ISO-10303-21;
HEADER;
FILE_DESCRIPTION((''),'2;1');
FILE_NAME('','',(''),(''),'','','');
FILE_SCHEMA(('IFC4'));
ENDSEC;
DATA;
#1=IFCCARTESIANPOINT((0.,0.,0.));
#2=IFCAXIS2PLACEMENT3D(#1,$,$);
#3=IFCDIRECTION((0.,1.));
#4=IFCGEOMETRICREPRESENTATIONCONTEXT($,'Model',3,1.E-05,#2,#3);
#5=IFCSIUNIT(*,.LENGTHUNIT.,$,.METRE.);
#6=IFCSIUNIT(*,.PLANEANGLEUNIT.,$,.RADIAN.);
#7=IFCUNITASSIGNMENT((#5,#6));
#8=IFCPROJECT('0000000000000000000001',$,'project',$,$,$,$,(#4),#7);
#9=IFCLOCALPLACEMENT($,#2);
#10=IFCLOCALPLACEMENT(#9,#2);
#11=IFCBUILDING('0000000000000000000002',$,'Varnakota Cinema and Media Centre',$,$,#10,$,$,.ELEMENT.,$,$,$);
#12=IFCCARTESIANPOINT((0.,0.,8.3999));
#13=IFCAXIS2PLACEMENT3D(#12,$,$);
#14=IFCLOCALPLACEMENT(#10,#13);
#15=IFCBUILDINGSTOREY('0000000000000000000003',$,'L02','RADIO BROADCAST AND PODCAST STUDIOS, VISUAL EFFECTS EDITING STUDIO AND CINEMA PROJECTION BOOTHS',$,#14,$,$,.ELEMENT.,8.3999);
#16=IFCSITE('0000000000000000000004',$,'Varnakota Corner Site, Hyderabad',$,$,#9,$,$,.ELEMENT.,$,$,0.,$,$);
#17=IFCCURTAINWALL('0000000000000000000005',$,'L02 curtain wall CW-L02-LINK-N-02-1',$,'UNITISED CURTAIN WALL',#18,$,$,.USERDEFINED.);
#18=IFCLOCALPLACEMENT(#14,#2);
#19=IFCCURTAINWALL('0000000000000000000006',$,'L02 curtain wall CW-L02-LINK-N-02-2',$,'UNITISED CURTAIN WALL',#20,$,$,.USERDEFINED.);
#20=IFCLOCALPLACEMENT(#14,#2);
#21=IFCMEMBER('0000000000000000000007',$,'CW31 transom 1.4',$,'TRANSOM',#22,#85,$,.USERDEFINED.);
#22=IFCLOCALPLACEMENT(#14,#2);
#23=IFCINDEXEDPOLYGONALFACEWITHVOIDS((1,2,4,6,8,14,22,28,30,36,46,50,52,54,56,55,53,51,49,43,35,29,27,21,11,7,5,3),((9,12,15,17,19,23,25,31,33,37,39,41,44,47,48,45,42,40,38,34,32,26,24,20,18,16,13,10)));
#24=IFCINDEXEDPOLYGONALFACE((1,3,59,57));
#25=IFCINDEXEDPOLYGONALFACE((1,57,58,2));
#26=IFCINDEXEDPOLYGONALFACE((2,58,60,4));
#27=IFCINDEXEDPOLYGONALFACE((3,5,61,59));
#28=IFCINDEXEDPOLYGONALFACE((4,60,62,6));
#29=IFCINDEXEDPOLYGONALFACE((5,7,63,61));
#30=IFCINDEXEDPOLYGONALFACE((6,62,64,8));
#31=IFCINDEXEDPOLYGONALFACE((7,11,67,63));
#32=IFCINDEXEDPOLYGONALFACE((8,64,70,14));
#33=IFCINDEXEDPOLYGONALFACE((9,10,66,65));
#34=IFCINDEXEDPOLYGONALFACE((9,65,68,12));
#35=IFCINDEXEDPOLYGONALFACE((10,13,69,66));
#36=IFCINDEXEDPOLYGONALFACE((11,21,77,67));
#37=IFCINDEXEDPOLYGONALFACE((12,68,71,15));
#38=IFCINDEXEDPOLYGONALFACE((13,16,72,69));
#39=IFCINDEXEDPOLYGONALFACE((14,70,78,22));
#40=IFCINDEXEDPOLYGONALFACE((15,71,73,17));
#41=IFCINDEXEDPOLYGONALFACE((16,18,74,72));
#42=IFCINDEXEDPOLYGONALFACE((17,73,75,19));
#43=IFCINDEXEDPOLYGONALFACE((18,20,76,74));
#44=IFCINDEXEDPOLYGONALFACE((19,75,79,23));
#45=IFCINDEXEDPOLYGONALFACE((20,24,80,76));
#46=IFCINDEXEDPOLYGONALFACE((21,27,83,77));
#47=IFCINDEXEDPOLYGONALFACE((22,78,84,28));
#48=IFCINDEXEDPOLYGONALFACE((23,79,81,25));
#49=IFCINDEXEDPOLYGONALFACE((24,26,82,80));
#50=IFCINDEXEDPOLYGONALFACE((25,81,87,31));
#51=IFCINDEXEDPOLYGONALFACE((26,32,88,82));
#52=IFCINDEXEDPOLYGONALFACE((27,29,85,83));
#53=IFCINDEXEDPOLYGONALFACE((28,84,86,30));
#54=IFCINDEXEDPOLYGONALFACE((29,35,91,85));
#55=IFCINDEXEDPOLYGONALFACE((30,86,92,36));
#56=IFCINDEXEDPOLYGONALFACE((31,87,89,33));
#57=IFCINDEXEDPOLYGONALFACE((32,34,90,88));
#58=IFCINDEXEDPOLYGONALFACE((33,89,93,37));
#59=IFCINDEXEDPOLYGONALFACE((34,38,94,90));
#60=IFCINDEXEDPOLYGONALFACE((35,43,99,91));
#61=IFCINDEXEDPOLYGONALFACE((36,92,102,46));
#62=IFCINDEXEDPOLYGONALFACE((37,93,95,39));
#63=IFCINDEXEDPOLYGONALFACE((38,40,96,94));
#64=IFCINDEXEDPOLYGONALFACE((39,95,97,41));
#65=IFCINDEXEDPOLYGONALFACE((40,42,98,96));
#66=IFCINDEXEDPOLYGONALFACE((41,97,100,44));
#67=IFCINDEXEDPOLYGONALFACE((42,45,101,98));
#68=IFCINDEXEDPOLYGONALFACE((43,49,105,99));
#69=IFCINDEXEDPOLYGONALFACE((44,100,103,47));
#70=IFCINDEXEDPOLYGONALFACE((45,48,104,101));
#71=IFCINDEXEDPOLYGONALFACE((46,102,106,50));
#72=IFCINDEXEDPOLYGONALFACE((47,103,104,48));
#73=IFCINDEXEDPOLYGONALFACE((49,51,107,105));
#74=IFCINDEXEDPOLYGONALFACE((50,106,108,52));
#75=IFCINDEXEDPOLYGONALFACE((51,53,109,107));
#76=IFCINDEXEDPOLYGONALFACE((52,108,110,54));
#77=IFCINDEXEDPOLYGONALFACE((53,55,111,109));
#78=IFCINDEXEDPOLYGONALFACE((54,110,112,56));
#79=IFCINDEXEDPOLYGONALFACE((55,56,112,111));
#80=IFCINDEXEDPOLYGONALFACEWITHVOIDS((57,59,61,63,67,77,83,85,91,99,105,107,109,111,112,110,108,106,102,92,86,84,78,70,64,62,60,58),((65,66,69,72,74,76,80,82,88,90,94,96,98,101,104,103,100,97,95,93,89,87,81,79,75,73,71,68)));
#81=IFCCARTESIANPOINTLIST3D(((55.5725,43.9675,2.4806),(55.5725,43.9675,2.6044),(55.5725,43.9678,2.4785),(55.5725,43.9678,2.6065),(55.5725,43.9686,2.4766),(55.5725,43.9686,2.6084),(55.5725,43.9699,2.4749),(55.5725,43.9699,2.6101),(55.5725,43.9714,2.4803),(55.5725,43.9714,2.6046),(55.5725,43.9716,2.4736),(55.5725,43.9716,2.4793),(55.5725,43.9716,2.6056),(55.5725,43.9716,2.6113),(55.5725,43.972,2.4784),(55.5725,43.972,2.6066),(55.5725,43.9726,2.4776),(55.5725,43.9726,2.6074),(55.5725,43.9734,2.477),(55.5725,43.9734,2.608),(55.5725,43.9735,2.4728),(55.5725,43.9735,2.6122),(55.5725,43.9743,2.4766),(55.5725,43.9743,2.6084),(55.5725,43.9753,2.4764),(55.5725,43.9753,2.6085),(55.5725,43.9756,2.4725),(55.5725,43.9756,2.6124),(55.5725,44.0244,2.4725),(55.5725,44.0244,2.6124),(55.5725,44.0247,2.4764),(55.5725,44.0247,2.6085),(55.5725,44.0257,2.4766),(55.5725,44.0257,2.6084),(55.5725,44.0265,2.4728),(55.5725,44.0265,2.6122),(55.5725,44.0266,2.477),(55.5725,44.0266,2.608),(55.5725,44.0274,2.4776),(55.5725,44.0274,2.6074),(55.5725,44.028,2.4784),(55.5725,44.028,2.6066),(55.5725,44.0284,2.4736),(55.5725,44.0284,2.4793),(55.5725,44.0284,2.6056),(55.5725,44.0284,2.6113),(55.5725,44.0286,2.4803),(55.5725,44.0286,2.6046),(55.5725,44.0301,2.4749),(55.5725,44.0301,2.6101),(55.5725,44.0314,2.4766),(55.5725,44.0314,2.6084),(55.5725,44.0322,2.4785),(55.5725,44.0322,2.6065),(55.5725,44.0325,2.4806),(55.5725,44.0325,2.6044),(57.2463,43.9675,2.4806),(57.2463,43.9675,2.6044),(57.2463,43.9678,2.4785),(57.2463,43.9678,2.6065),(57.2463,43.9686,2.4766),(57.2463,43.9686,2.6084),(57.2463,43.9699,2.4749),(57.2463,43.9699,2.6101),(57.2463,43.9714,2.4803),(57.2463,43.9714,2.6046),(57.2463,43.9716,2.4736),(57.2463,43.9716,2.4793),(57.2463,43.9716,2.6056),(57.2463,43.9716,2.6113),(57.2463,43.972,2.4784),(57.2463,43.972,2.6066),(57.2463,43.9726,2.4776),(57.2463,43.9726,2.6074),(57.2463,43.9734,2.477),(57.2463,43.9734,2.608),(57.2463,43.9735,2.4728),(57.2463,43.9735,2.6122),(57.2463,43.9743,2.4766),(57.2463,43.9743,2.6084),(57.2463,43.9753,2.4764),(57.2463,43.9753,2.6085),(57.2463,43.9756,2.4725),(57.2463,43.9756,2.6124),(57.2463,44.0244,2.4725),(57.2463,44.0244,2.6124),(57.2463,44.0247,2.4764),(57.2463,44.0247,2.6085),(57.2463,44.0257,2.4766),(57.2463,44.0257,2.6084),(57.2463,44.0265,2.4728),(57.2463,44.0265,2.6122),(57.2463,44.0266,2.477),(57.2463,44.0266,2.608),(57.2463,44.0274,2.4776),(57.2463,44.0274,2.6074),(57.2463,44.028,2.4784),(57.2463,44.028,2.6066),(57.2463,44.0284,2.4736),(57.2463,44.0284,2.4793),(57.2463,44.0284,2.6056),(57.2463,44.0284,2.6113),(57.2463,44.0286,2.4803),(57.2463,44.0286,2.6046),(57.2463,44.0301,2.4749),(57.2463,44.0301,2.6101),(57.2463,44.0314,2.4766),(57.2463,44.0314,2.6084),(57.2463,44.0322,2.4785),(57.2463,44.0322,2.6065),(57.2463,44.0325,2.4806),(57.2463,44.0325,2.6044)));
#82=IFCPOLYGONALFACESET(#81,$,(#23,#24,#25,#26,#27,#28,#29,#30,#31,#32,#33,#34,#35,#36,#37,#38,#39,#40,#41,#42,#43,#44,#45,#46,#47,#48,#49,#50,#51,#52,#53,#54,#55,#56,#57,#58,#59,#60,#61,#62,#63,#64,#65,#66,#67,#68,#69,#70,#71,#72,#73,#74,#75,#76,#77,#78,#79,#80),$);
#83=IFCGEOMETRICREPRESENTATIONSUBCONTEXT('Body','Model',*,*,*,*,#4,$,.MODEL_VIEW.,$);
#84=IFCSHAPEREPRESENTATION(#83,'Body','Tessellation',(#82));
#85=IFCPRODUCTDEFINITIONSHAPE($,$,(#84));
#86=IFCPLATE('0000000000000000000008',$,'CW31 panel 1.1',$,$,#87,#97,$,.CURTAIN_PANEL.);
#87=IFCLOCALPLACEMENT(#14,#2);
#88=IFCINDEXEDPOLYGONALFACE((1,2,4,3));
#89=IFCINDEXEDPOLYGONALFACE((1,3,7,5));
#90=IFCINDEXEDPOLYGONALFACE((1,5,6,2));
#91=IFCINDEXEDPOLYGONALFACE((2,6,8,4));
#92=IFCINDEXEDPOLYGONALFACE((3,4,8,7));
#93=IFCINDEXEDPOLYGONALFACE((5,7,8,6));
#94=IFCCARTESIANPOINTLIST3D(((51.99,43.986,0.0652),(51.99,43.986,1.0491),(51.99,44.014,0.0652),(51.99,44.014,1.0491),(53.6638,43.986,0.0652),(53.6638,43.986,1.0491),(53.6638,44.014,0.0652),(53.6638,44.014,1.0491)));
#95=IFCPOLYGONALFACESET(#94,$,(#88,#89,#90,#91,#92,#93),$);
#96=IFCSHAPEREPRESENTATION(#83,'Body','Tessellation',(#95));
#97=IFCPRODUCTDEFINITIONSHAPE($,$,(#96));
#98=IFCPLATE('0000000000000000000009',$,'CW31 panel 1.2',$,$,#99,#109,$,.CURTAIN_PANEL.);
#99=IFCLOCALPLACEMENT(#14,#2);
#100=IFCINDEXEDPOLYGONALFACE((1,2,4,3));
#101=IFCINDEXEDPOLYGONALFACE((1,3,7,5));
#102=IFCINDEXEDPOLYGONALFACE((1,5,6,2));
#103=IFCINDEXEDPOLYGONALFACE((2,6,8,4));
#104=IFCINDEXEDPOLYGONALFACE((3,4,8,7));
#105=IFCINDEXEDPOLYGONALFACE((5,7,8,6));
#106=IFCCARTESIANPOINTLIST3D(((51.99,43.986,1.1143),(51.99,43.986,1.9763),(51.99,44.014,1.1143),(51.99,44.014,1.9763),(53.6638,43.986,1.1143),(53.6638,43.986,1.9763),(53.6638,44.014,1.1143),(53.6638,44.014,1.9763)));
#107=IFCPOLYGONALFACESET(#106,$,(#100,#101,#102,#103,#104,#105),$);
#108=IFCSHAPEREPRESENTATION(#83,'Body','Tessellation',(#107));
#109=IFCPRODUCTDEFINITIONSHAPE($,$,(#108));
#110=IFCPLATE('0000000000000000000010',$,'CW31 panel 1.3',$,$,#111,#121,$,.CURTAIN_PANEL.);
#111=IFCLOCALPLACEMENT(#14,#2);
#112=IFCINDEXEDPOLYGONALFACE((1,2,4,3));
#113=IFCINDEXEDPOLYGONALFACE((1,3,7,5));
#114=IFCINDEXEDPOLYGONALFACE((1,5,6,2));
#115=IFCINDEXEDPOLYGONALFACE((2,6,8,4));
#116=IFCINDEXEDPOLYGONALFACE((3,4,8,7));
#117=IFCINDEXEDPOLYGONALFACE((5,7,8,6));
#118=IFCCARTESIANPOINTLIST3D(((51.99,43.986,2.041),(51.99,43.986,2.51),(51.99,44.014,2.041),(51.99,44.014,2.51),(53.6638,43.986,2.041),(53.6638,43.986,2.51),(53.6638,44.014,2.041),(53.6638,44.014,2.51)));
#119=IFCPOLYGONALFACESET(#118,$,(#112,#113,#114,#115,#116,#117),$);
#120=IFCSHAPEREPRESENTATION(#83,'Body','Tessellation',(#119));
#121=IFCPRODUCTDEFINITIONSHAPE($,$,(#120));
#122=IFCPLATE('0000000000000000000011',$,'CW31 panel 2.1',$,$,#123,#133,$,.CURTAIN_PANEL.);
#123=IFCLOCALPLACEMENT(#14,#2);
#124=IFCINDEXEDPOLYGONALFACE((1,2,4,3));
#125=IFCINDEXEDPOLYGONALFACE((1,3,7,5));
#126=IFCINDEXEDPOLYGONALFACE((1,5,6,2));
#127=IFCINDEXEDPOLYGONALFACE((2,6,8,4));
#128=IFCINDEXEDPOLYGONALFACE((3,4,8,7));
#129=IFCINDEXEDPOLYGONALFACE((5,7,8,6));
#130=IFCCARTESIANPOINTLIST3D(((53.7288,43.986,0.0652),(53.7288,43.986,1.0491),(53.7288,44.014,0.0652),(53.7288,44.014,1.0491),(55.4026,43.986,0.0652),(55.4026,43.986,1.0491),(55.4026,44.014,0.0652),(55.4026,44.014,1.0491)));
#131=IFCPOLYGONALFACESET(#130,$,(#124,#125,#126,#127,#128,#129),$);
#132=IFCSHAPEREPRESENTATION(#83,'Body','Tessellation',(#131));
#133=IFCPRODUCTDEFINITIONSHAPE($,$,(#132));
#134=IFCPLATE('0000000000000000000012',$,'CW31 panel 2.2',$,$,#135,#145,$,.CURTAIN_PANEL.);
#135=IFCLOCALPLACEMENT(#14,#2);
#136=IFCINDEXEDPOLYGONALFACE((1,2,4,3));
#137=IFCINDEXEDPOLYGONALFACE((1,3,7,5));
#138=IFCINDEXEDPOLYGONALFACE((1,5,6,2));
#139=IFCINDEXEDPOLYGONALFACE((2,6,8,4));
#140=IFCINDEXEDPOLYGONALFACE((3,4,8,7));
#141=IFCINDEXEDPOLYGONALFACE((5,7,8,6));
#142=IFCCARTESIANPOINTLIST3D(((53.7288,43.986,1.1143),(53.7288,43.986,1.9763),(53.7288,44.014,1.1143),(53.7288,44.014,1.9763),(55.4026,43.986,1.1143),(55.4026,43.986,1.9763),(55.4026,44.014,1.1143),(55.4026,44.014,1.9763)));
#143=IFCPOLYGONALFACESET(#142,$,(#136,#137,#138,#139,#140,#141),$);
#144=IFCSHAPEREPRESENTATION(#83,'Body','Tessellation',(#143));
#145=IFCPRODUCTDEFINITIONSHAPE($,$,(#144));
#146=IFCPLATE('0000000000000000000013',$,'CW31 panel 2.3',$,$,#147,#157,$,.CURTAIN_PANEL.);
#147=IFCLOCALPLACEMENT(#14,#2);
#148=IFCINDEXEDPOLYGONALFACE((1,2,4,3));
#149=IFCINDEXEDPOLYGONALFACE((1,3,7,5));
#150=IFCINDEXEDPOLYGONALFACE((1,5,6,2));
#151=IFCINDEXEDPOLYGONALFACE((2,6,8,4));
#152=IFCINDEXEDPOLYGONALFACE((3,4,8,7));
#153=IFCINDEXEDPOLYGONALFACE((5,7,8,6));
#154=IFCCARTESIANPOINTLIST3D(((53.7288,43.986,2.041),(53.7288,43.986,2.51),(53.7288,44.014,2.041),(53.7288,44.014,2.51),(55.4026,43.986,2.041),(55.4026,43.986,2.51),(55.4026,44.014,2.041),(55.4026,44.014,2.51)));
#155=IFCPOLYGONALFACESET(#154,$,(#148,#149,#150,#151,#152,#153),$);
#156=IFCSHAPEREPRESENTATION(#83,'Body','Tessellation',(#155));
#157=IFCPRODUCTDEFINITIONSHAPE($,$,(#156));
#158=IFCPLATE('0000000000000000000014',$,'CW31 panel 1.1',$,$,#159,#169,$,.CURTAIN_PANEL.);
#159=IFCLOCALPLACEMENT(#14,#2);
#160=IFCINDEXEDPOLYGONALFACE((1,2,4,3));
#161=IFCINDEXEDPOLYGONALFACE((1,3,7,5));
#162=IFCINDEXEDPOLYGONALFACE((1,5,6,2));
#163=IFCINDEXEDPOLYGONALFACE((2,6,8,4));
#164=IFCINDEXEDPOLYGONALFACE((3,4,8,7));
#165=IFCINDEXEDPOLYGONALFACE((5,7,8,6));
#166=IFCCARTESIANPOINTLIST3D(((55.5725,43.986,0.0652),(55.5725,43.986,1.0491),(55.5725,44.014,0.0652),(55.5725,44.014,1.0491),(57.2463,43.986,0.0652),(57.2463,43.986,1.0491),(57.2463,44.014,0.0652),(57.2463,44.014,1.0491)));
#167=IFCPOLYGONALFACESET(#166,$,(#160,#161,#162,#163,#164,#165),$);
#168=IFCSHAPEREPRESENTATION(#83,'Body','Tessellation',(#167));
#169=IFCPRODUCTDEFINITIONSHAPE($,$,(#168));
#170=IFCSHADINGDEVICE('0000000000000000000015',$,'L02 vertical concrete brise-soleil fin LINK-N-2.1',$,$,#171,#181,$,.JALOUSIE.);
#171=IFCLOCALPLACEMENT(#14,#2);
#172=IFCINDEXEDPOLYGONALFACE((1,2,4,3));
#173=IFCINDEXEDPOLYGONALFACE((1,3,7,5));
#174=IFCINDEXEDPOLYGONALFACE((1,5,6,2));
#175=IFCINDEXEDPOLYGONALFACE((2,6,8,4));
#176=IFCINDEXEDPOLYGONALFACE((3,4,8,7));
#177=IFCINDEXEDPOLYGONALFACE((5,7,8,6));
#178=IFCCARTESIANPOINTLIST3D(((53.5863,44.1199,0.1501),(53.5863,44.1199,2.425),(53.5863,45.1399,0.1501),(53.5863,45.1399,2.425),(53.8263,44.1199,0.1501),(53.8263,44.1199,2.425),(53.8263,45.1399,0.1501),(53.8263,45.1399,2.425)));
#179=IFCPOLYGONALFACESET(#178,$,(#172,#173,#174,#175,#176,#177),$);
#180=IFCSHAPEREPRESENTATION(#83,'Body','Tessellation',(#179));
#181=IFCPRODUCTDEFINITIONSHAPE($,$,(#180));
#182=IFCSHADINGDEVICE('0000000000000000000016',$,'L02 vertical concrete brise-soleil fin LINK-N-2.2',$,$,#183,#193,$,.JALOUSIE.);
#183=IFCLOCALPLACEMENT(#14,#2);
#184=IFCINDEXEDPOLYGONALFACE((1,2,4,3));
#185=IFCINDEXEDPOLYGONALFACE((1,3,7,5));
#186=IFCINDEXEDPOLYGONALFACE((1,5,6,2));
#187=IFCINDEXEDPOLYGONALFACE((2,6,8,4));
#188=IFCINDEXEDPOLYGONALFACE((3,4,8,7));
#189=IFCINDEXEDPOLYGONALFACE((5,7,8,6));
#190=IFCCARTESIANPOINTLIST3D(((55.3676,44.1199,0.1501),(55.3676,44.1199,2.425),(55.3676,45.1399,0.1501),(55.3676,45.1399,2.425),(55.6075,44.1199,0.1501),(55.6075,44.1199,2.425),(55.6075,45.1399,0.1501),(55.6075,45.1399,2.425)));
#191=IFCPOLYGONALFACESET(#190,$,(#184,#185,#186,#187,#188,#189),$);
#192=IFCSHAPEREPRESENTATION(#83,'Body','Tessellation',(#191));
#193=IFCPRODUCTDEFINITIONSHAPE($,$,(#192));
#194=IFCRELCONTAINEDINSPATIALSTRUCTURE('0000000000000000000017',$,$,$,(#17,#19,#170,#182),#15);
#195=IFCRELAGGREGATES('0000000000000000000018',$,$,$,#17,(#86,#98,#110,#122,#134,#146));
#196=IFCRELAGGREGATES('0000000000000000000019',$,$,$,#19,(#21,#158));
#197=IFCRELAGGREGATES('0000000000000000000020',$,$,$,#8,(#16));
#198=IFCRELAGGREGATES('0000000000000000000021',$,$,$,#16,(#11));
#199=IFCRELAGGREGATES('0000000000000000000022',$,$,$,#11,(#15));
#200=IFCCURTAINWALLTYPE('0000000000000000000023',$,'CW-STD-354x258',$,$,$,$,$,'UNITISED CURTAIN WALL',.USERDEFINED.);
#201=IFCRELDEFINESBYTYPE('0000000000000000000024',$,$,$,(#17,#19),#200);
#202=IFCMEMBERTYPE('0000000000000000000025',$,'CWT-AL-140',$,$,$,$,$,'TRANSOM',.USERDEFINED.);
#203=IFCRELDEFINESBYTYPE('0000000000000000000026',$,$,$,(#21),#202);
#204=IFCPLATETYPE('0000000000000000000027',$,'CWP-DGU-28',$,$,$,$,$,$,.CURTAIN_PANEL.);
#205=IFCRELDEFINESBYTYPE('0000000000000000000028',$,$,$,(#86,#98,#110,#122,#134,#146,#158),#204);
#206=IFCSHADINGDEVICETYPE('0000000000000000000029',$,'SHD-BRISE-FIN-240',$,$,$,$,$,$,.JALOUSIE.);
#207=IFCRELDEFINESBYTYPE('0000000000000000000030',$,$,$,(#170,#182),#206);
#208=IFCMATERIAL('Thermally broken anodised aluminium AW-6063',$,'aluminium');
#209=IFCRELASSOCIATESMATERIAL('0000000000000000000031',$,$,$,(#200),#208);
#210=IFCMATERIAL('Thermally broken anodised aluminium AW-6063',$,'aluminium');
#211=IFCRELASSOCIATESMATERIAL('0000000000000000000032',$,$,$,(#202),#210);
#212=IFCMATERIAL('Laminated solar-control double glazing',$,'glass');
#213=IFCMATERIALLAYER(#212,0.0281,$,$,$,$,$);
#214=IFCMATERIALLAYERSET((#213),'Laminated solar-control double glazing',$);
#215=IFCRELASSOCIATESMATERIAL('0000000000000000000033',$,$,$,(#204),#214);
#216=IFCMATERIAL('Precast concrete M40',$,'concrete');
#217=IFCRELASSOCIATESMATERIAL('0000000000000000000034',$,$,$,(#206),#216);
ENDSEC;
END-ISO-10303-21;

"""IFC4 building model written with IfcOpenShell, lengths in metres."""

from ifc_helpers import new_model, si_unit, direction, frame, origin, origin_2d, place, context, subcontext, project, spatial, rectangle, hollow_rectangle, extrude, material, layer, layer_set, material_profile, profile_set, type_object, element, aggregate, save


model = new_model("IFC4")

# Units and contexts
model_context = context("Model", 3, precision=1e-05, world=origin(), true_north=direction((0.0, 1.0)))
body_context = subcontext(model_context, "Body", "Model", "MODEL_VIEW")
ifc_project = project(units=[si_unit("LENGTHUNIT", "METRE"), si_unit("PLANEANGLEUNIT", "RADIAN")], contexts=[model_context])

# Site, building, storey
site_placement = place(None, origin())
site = spatial("IfcSite", under=ifc_project, at=site_placement, Name="Varnakota Corner Site, Hyderabad", CompositionType="ELEMENT", RefElevation=0.0)
building_placement = place(site_placement, origin())
building = spatial("IfcBuilding", under=site, at=building_placement, Name="Varnakota Cinema and Media Centre", CompositionType="ELEMENT")
storey_placement = place(building_placement, frame((0.0, 0.0, 8.3999)))
storey = spatial("IfcBuildingStorey", under=building, at=storey_placement, Name="L02", Description="RADIO BROADCAST AND PODCAST STUDIOS, VISUAL EFFECTS EDITING STUDIO AND CINEMA PROJECTION BOOTHS", CompositionType="ELEMENT", Elevation=8.3999)

# Curtain wall
ifc_material_1 = material(Name="Thermally broken anodised aluminium AW-6063", Category="aluminium")
curtain_wall_type = type_object("IfcCurtainWallType", Name="CW-STD-354x258", ElementType="UNITISED CURTAIN WALL", PredefinedType="USERDEFINED", material=ifc_material_1)
curtain_wall_1_placement = place(storey_placement, origin())
curtain_wall_1 = element("IfcCurtainWall", 1, at=curtain_wall_1_placement, inside=storey, type_object=curtain_wall_type, Name="L02 curtain wall CW-L02-LINK-N-02-1", ObjectType="UNITISED CURTAIN WALL", PredefinedType="USERDEFINED")

# Curtain wall
curtain_wall_2_placement = place(storey_placement, origin())
curtain_wall_2 = element("IfcCurtainWall", 2, at=curtain_wall_2_placement, inside=storey, type_object=curtain_wall_type, Name="L02 curtain wall CW-L02-LINK-N-02-2", ObjectType="UNITISED CURTAIN WALL", PredefinedType="USERDEFINED")

# Member
ifc_material_2 = material(Name="Thermally broken anodised aluminium AW-6063", Category="aluminium")
ifc_material_profile_1 = material_profile(ifc_material_2, hollow_rectangle(XDim=0.0649, YDim=0.1399, WallThickness=0.0039, InnerFilletRadius=0.0039, OuterFilletRadius=0.0081, at=origin_2d()), Name="AL-TRANSOM 140x65x4")
ifc_profile_set_1 = profile_set([ifc_material_profile_1], Name="Thermally broken anodised aluminium AW-6063")
member_type_1 = type_object("IfcMemberType", Name="CWT-AL-140", ElementType="TRANSOM", PredefinedType="USERDEFINED", material=ifc_profile_set_1)
member_1_placement = place(storey_placement, frame((55.5725, 44.0, 2.5425), z_axis=(1.0, 0.0, 0.0), x_axis=(0.0, 1.0, 0.0)))
member_1 = element("IfcMember", 3, at=member_1_placement, type_object=member_type_1, Name="CW31 transom 1.4", ObjectType="TRANSOM", PredefinedType="USERDEFINED", context=body_context, shape_type="SweptSolid", body=[
    extrude(hollow_rectangle(XDim=0.0649, YDim=0.1399, WallThickness=0.0039, InnerFilletRadius=0.0039, OuterFilletRadius=0.0081, at=origin_2d()), origin(), (0.0, 0.0, 1.0), 1.6738),
])

# Plates
ifc_material_3 = material(Name="Laminated solar-control double glazing", Category="glass")
ifc_layer = layer(ifc_material_3, 0.0281)
ifc_layer_set = layer_set([ifc_layer], Name="Laminated solar-control double glazing")
plate_type = type_object("IfcPlateType", Name="CWP-DGU-28", PredefinedType="CURTAIN_PANEL", material=ifc_layer_set)
plate_1_placement = place(storey_placement, frame((52.8269, 44.0, 0.0652), z_axis=(0.0, 0.0, 1.0), x_axis=(1.0, 0.0, 0.0)))
plate_1 = element("IfcPlate", 4, at=plate_1_placement, type_object=plate_type, Name="CW31 panel 1.1", PredefinedType="CURTAIN_PANEL", context=body_context, shape_type="SweptSolid", body=[
    extrude(rectangle(XDim=1.6738, YDim=0.0281, at=origin_2d()), origin(), (0.0, 0.0, 1.0), 0.9839),
])
plate_2_placement = place(storey_placement, frame((52.8269, 44.0, 1.1143), z_axis=(0.0, 0.0, 1.0), x_axis=(1.0, 0.0, 0.0)))
plate_2 = element("IfcPlate", 5, at=plate_2_placement, type_object=plate_type, Name="CW31 panel 1.2", PredefinedType="CURTAIN_PANEL", context=body_context, shape_type="SweptSolid", body=[
    extrude(rectangle(XDim=1.6738, YDim=0.0281, at=origin_2d()), origin(), (0.0, 0.0, 1.0), 0.8621),
])
plate_3_placement = place(storey_placement, frame((52.8269, 44.0, 2.041), z_axis=(0.0, 0.0, 1.0), x_axis=(1.0, 0.0, 0.0)))
plate_3 = element("IfcPlate", 6, at=plate_3_placement, type_object=plate_type, Name="CW31 panel 1.3", PredefinedType="CURTAIN_PANEL", context=body_context, shape_type="SweptSolid", body=[
    extrude(rectangle(XDim=1.6738, YDim=0.0281, at=origin_2d()), origin(), (0.0, 0.0, 1.0), 0.469),
])
plate_4_placement = place(storey_placement, frame((54.5657, 44.0, 0.0652), z_axis=(0.0, 0.0, 1.0), x_axis=(1.0, 0.0, 0.0)))
plate_4 = element("IfcPlate", 7, at=plate_4_placement, type_object=plate_type, Name="CW31 panel 2.1", PredefinedType="CURTAIN_PANEL", context=body_context, shape_type="SweptSolid", body=[
    extrude(rectangle(XDim=1.6738, YDim=0.0281, at=origin_2d()), origin(), (0.0, 0.0, 1.0), 0.9839),
])
plate_5_placement = place(storey_placement, frame((54.5657, 44.0, 1.1143), z_axis=(0.0, 0.0, 1.0), x_axis=(1.0, 0.0, 0.0)))
plate_5 = element("IfcPlate", 8, at=plate_5_placement, type_object=plate_type, Name="CW31 panel 2.2", PredefinedType="CURTAIN_PANEL", context=body_context, shape_type="SweptSolid", body=[
    extrude(rectangle(XDim=1.6738, YDim=0.0281, at=origin_2d()), origin(), (0.0, 0.0, 1.0), 0.8621),
])
plate_6_placement = place(storey_placement, frame((54.5657, 44.0, 2.041), z_axis=(0.0, 0.0, 1.0), x_axis=(1.0, 0.0, 0.0)))
plate_6 = element("IfcPlate", 9, at=plate_6_placement, type_object=plate_type, Name="CW31 panel 2.3", PredefinedType="CURTAIN_PANEL", context=body_context, shape_type="SweptSolid", body=[
    extrude(rectangle(XDim=1.6738, YDim=0.0281, at=origin_2d()), origin(), (0.0, 0.0, 1.0), 0.469),
])
aggregate(curtain_wall_1, [plate_1, plate_2, plate_3, plate_4, plate_5, plate_6])
plate_7_placement = place(storey_placement, frame((56.4094, 44.0, 0.0652), z_axis=(0.0, 0.0, 1.0), x_axis=(1.0, 0.0, 0.0)))
plate_7 = element("IfcPlate", 10, at=plate_7_placement, type_object=plate_type, Name="CW31 panel 1.1", PredefinedType="CURTAIN_PANEL", context=body_context, shape_type="SweptSolid", body=[
    extrude(rectangle(XDim=1.6738, YDim=0.0281, at=origin_2d()), origin(), (0.0, 0.0, 1.0), 0.9839),
])
aggregate(curtain_wall_2, [member_1, plate_7])

# Shading devices
ifc_material_4 = material(Name="Precast concrete M40", Category="concrete")
shading_device_type = type_object("IfcShadingDeviceType", Name="SHD-BRISE-FIN-240", PredefinedType="JALOUSIE", material=ifc_material_4)
for number, where, z_axis, x_axis, name in (
    (11, (53.7063, 44.6299, 0.1501), (0.0, 0.0, 1.0), (1.0, 0.0, 0.0), "L02 vertical concrete brise-soleil fin LINK-N-2.1"),
    (12, (55.4875, 44.6299, 0.1501), (0.0, 0.0, 1.0), (1.0, 0.0, 0.0), "L02 vertical concrete brise-soleil fin LINK-N-2.2"),
):
    element("IfcShadingDevice", number, at=place(storey_placement, frame(where, z_axis=z_axis, x_axis=x_axis)), inside=storey, type_object=shading_device_type, Name=name, PredefinedType="JALOUSIE", context=body_context, shape_type="SweptSolid", body=[
        extrude(rectangle(XDim=0.24, YDim=1.02, at=origin_2d()), origin(), (0.0, 0.0, 1.0), 2.2749),
    ])

save(model, "model.ifc")
